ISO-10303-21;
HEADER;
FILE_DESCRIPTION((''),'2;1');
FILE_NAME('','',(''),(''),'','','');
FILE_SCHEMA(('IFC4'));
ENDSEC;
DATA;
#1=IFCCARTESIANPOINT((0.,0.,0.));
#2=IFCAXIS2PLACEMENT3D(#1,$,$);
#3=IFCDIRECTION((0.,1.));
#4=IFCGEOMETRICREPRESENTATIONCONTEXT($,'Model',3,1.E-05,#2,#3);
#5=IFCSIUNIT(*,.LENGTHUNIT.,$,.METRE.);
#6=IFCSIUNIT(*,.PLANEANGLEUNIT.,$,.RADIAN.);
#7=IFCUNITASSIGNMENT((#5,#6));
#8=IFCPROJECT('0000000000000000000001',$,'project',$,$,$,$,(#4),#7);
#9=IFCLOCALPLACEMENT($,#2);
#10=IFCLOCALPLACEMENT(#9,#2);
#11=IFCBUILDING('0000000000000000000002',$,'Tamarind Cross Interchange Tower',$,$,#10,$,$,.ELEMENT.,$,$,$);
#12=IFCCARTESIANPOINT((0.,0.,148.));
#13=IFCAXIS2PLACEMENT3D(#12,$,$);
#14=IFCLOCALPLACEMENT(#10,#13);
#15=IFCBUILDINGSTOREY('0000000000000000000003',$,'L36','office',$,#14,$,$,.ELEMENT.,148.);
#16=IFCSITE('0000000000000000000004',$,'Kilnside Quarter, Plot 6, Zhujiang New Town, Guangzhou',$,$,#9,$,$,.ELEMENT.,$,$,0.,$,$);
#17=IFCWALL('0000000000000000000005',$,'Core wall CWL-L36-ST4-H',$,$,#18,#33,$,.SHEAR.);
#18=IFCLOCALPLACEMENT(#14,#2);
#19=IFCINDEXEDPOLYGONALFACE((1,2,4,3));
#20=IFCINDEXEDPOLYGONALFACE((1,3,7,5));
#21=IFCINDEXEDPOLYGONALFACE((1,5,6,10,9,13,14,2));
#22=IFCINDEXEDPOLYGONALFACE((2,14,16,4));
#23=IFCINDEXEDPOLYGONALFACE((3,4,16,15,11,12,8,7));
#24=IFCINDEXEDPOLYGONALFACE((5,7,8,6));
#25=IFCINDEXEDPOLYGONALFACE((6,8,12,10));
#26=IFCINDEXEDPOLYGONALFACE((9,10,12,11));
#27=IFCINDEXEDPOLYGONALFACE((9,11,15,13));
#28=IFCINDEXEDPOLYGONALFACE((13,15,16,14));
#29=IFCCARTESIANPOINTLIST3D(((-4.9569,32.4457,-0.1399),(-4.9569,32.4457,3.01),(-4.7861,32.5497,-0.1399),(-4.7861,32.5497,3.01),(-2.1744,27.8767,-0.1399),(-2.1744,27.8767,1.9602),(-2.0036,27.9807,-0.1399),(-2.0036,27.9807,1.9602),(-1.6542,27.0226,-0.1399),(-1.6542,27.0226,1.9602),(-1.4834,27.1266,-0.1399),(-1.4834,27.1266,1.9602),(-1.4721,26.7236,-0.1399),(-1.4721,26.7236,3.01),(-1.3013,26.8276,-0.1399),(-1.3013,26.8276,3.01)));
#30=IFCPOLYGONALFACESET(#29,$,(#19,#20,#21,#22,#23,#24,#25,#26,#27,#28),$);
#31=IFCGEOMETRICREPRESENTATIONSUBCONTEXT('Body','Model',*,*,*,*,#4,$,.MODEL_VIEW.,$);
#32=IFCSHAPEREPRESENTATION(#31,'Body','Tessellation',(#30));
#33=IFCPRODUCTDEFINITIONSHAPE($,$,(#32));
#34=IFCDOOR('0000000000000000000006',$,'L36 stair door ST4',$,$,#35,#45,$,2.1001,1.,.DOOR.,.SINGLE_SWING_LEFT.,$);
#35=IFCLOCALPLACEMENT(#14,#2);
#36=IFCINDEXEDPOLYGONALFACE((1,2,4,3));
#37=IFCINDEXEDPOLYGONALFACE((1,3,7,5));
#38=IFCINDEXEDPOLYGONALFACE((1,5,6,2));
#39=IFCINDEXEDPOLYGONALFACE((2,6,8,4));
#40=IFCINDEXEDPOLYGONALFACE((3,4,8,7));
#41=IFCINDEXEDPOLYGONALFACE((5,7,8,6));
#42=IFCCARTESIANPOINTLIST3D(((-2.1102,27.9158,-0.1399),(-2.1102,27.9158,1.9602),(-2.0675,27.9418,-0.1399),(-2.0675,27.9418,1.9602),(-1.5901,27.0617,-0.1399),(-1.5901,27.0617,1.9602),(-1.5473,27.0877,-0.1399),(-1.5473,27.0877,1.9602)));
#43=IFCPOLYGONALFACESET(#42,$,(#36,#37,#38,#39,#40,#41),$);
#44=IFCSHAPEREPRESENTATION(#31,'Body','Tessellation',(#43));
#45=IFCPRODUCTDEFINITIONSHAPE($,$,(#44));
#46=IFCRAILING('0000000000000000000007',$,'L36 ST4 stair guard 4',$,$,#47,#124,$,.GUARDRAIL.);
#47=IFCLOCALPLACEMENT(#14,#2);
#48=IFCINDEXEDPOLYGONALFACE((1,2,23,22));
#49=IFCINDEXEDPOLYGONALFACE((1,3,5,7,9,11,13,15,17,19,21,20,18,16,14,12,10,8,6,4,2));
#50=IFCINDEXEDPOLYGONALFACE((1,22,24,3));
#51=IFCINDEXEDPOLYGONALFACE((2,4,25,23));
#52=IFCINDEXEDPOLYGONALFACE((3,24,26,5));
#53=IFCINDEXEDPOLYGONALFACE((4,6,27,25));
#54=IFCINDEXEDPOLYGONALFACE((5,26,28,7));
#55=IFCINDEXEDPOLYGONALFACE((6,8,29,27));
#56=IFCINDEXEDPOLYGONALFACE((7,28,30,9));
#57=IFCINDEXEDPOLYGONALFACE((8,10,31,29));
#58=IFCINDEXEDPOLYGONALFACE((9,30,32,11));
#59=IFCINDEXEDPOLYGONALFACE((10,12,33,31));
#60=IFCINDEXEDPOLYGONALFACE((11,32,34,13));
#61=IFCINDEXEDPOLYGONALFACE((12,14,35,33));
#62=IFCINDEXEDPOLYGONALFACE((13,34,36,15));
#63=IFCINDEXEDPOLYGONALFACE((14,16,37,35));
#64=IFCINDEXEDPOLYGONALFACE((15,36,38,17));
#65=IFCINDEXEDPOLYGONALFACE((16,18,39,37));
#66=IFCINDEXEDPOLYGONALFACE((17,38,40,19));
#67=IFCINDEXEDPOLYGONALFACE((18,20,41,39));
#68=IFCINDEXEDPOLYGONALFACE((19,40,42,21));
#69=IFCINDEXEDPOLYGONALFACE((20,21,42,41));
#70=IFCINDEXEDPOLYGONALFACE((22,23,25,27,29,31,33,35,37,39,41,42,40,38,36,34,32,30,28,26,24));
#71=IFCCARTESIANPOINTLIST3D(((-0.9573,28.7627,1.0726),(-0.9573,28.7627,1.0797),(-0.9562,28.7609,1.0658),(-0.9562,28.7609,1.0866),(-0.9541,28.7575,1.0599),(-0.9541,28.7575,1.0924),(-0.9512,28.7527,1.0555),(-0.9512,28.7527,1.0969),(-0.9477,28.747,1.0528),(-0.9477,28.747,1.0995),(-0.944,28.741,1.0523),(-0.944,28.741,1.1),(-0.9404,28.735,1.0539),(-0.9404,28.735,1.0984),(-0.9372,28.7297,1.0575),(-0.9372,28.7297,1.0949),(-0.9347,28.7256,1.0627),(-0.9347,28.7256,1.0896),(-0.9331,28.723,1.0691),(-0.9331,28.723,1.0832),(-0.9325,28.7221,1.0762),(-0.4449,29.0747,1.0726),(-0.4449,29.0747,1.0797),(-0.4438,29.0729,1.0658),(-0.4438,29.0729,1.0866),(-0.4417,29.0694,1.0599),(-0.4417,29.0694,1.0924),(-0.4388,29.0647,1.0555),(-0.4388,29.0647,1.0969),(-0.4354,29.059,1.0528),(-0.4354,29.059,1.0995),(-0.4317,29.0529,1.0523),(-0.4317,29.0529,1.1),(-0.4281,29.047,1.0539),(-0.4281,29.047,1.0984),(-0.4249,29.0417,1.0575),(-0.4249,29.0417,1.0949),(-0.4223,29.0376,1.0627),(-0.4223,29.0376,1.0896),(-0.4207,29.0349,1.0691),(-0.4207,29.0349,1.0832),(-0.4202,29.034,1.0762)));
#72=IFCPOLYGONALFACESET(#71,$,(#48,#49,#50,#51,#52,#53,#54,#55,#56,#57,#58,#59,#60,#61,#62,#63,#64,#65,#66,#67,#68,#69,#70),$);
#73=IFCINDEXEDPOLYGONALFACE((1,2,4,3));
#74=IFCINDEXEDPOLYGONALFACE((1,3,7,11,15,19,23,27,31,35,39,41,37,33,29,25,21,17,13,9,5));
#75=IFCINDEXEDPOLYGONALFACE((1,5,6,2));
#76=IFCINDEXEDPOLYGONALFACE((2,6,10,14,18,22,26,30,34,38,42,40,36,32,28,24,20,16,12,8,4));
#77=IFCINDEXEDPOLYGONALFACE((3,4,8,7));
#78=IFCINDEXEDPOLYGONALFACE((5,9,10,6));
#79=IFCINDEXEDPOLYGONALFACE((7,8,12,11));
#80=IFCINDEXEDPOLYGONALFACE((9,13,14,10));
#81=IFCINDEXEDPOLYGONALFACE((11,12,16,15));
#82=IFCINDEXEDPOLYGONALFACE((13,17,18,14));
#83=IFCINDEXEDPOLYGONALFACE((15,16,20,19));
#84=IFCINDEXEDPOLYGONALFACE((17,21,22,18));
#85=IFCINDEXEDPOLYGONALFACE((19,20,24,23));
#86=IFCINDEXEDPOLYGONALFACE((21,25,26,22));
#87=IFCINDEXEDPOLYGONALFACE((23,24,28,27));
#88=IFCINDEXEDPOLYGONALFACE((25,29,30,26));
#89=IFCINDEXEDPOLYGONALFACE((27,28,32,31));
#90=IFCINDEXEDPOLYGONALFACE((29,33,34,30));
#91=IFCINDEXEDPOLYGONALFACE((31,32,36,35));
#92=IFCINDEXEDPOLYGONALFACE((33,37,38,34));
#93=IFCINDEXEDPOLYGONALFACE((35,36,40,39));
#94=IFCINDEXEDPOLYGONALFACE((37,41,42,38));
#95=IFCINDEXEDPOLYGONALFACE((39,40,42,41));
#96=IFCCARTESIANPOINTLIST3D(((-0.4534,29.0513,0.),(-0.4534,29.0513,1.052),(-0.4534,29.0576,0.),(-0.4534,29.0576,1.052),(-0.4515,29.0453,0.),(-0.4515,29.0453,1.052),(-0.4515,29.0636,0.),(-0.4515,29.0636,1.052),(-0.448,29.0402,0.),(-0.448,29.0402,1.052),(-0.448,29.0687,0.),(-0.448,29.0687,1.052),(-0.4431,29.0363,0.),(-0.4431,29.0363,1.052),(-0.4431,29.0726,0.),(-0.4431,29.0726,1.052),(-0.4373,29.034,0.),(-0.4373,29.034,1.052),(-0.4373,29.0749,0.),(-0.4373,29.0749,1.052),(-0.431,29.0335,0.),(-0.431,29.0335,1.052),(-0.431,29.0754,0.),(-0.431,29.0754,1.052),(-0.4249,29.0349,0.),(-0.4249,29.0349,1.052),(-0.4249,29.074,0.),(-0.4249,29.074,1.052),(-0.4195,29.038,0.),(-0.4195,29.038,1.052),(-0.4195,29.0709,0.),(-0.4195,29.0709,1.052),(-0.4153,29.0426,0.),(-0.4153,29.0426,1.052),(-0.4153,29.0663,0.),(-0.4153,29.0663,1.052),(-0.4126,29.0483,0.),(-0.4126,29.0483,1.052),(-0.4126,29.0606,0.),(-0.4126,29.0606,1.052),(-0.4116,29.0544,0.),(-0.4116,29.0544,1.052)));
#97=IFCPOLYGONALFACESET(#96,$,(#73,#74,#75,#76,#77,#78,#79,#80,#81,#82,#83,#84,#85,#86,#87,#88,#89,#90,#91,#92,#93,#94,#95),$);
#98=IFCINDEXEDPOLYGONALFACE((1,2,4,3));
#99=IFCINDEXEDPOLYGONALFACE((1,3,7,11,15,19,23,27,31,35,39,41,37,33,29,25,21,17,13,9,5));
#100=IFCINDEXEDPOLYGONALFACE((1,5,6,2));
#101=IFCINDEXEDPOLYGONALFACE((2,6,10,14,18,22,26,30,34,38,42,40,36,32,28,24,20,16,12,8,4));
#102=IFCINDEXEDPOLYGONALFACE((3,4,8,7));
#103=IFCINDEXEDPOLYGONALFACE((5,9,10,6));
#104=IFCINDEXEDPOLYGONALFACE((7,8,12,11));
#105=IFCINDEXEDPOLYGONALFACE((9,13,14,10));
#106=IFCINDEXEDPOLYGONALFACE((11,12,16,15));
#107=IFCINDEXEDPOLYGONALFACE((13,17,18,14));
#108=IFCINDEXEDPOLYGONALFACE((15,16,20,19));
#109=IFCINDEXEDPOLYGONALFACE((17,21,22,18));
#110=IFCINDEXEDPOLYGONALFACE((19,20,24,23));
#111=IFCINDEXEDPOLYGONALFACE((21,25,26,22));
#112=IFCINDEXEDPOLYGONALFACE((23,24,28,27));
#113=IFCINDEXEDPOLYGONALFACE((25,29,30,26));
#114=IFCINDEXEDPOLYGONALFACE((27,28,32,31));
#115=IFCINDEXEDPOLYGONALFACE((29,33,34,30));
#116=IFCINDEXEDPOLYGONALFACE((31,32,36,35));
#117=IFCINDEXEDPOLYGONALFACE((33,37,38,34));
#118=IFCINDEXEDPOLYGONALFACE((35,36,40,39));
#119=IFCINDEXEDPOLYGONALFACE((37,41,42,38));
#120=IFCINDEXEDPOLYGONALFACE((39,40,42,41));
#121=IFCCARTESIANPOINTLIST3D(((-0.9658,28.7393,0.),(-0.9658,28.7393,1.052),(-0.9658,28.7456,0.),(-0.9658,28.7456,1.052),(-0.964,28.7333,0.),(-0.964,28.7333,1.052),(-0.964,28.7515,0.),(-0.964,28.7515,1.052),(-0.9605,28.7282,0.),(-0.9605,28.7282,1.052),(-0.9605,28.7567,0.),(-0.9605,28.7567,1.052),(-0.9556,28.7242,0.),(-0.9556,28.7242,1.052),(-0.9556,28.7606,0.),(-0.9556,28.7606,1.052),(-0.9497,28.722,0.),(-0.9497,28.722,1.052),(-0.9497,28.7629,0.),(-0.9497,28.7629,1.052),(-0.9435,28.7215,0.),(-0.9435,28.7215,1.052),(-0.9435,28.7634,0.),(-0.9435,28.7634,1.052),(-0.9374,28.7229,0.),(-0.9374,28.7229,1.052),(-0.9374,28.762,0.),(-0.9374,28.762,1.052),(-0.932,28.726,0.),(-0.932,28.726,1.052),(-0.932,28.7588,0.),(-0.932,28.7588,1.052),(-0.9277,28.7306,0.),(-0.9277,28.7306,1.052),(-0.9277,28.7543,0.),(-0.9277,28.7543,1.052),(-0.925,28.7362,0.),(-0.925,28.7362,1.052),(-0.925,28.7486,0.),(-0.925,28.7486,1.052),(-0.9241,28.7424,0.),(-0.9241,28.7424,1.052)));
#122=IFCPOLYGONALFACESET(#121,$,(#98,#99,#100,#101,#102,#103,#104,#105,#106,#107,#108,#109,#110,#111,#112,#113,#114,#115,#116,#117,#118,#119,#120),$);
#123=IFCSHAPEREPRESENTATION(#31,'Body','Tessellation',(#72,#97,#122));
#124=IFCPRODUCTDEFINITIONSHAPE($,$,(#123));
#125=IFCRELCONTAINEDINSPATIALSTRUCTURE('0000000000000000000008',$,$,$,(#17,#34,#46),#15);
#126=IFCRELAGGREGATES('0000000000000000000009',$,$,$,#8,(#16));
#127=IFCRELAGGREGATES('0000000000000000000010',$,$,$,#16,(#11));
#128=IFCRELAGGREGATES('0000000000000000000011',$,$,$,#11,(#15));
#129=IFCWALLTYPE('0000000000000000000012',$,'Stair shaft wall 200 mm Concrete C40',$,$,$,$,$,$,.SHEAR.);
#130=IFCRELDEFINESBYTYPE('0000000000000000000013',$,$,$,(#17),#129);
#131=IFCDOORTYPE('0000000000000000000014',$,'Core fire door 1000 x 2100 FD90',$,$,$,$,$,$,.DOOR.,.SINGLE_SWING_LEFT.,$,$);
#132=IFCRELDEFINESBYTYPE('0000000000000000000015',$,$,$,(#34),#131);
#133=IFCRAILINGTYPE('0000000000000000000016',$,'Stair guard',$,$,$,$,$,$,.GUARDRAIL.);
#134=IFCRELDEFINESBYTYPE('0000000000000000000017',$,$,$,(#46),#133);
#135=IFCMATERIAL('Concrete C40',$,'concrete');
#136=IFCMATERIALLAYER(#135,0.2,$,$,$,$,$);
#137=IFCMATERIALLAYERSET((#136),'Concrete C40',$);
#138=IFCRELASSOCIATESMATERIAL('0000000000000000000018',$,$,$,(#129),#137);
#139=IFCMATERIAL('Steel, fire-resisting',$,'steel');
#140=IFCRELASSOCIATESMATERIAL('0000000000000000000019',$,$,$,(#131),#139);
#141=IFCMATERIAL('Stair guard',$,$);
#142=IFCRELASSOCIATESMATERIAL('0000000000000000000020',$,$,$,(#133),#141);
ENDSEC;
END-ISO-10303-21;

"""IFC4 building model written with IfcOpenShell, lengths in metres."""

from ifc_helpers import new_model, si_unit, direction, frame, frame_2d, origin, origin_2d, place, context, subcontext, project, spatial, rectangle, circle, extrude, material, layer, layer_set, type_object, element, fill, save


model = new_model("IFC4")

# Units and contexts
model_context = context("Model", 3, precision=1e-05, world=origin(), true_north=direction((0.0, 1.0)))
body_context = subcontext(model_context, "Body", "Model", "MODEL_VIEW")
ifc_project = project(units=[si_unit("LENGTHUNIT", "METRE"), si_unit("PLANEANGLEUNIT", "RADIAN")], contexts=[model_context])

# Site, building, storey
site_placement = place(None, origin())
site = spatial("IfcSite", under=ifc_project, at=site_placement, Name="Kilnside Quarter, Plot 6, Zhujiang New Town, Guangzhou", CompositionType="ELEMENT", RefElevation=0.0)
building_placement = place(site_placement, origin())
building = spatial("IfcBuilding", under=site, at=building_placement, Name="Tamarind Cross Interchange Tower", CompositionType="ELEMENT")
storey_placement = place(building_placement, frame((0.0, 0.0, 148.0)))
storey = spatial("IfcBuildingStorey", under=building, at=storey_placement, Name="L36", Description="office", CompositionType="ELEMENT", Elevation=148.0)

# Wall, opening, door
ifc_material_1 = material(Name="Concrete C40", Category="concrete")
ifc_layer_1 = layer(ifc_material_1, 0.2)
ifc_layer_set_1 = layer_set([ifc_layer_1], Name="Concrete C40")
wall_type_1 = type_object("IfcWallType", Name="Stair shaft wall 200 mm Concrete C40", PredefinedType="SHEAR", material=ifc_layer_set_1)
wall_1_placement = place(storey_placement, frame((-1.3867, 26.7756, -0.1399), z_axis=(0.0, 0.0, 1.0), x_axis=(-0.520143, 0.854079, 0.0)))
wall_1 = element("IfcWall", 1, at=wall_1_placement, inside=storey, type_object=wall_type_1, Name="Core wall CWL-L36-ST4-H", PredefinedType="SHEAR", context=body_context, shape_type="SweptSolid", body=[
    extrude(rectangle(XDim=6.6997, YDim=0.2, at=frame_2d((3.3499, 0.0))), origin(), (0.0, 0.0, 1.0), 3.1499),
])
opening_1_placement = place(wall_1_placement, frame((0.3501, 0.0, 0.0)))
opening_1 = element("IfcOpeningElement", 2, at=opening_1_placement, cuts=wall_1, PredefinedType="OPENING", context=body_context, shape_type="SweptSolid", body=[
    extrude(rectangle(XDim=1.0, YDim=2.1001, at=frame_2d((0.5, 1.05))), frame((0.0, 0.1099, 0.0), z_axis=(0.0, -1.0, 0.0), x_axis=(1.0, 0.0, 0.0)), (0.0, 0.0, 1.0), 0.22),
])
ifc_material_2 = material(Name="Steel, fire-resisting", Category="steel")
door_type_1 = type_object("IfcDoorType", Name="Core fire door 1000 x 2100 FD90", OperationType="SINGLE_SWING_LEFT", PredefinedType="DOOR", material=ifc_material_2)
door_1_placement = place(opening_1_placement, origin())
door_1 = element("IfcDoor", 3, at=door_1_placement, inside=storey, type_object=door_type_1, Name="L36 stair door ST4", OperationType="SINGLE_SWING_LEFT", OverallHeight=2.1001, OverallWidth=1.0, PredefinedType="DOOR", context=body_context, shape_type="SweptSolid", body=[
    extrude(rectangle(XDim=1.0, YDim=2.1001, at=frame_2d((0.5, 1.05))), frame((0.0, 0.0249, 0.0), z_axis=(0.0, -1.0, 0.0), x_axis=(1.0, 0.0, 0.0)), (0.0, 0.0, 1.0), 0.05),
])
fill(opening_1, door_1)

# Railing
ifc_material_3 = material(Name="Stair guard")
railing_type = type_object("IfcRailingType", Name="Stair guard", PredefinedType="GUARDRAIL", material=ifc_material_3)
railing_placement = place(storey_placement, frame((-0.4326, 29.0544, 0.0)))
element("IfcRailing", 4, at=railing_placement, inside=storey, type_object=railing_type, Name="L36 ST4 stair guard 4", PredefinedType="GUARDRAIL", context=body_context, shape_type="SweptSolid", body=[
    extrude(circle(Radius=0.0239, at=origin_2d()), frame((0.0, 0.0, 1.0762), z_axis=(-0.854136, -0.52005, 0.0), x_axis=(0.52005, -0.854136, 0.0)), (0.0, 0.0, 1.0), 0.5999),
    extrude(circle(Radius=0.021, at=origin_2d()), origin(), (0.0, 0.0, 1.0), 1.052),
    extrude(circle(Radius=0.021, at=origin_2d()), frame((-0.5125, -0.312, 0.0)), (0.0, 0.0, 1.0), 1.052),
])

save(model, "model.ifc")
